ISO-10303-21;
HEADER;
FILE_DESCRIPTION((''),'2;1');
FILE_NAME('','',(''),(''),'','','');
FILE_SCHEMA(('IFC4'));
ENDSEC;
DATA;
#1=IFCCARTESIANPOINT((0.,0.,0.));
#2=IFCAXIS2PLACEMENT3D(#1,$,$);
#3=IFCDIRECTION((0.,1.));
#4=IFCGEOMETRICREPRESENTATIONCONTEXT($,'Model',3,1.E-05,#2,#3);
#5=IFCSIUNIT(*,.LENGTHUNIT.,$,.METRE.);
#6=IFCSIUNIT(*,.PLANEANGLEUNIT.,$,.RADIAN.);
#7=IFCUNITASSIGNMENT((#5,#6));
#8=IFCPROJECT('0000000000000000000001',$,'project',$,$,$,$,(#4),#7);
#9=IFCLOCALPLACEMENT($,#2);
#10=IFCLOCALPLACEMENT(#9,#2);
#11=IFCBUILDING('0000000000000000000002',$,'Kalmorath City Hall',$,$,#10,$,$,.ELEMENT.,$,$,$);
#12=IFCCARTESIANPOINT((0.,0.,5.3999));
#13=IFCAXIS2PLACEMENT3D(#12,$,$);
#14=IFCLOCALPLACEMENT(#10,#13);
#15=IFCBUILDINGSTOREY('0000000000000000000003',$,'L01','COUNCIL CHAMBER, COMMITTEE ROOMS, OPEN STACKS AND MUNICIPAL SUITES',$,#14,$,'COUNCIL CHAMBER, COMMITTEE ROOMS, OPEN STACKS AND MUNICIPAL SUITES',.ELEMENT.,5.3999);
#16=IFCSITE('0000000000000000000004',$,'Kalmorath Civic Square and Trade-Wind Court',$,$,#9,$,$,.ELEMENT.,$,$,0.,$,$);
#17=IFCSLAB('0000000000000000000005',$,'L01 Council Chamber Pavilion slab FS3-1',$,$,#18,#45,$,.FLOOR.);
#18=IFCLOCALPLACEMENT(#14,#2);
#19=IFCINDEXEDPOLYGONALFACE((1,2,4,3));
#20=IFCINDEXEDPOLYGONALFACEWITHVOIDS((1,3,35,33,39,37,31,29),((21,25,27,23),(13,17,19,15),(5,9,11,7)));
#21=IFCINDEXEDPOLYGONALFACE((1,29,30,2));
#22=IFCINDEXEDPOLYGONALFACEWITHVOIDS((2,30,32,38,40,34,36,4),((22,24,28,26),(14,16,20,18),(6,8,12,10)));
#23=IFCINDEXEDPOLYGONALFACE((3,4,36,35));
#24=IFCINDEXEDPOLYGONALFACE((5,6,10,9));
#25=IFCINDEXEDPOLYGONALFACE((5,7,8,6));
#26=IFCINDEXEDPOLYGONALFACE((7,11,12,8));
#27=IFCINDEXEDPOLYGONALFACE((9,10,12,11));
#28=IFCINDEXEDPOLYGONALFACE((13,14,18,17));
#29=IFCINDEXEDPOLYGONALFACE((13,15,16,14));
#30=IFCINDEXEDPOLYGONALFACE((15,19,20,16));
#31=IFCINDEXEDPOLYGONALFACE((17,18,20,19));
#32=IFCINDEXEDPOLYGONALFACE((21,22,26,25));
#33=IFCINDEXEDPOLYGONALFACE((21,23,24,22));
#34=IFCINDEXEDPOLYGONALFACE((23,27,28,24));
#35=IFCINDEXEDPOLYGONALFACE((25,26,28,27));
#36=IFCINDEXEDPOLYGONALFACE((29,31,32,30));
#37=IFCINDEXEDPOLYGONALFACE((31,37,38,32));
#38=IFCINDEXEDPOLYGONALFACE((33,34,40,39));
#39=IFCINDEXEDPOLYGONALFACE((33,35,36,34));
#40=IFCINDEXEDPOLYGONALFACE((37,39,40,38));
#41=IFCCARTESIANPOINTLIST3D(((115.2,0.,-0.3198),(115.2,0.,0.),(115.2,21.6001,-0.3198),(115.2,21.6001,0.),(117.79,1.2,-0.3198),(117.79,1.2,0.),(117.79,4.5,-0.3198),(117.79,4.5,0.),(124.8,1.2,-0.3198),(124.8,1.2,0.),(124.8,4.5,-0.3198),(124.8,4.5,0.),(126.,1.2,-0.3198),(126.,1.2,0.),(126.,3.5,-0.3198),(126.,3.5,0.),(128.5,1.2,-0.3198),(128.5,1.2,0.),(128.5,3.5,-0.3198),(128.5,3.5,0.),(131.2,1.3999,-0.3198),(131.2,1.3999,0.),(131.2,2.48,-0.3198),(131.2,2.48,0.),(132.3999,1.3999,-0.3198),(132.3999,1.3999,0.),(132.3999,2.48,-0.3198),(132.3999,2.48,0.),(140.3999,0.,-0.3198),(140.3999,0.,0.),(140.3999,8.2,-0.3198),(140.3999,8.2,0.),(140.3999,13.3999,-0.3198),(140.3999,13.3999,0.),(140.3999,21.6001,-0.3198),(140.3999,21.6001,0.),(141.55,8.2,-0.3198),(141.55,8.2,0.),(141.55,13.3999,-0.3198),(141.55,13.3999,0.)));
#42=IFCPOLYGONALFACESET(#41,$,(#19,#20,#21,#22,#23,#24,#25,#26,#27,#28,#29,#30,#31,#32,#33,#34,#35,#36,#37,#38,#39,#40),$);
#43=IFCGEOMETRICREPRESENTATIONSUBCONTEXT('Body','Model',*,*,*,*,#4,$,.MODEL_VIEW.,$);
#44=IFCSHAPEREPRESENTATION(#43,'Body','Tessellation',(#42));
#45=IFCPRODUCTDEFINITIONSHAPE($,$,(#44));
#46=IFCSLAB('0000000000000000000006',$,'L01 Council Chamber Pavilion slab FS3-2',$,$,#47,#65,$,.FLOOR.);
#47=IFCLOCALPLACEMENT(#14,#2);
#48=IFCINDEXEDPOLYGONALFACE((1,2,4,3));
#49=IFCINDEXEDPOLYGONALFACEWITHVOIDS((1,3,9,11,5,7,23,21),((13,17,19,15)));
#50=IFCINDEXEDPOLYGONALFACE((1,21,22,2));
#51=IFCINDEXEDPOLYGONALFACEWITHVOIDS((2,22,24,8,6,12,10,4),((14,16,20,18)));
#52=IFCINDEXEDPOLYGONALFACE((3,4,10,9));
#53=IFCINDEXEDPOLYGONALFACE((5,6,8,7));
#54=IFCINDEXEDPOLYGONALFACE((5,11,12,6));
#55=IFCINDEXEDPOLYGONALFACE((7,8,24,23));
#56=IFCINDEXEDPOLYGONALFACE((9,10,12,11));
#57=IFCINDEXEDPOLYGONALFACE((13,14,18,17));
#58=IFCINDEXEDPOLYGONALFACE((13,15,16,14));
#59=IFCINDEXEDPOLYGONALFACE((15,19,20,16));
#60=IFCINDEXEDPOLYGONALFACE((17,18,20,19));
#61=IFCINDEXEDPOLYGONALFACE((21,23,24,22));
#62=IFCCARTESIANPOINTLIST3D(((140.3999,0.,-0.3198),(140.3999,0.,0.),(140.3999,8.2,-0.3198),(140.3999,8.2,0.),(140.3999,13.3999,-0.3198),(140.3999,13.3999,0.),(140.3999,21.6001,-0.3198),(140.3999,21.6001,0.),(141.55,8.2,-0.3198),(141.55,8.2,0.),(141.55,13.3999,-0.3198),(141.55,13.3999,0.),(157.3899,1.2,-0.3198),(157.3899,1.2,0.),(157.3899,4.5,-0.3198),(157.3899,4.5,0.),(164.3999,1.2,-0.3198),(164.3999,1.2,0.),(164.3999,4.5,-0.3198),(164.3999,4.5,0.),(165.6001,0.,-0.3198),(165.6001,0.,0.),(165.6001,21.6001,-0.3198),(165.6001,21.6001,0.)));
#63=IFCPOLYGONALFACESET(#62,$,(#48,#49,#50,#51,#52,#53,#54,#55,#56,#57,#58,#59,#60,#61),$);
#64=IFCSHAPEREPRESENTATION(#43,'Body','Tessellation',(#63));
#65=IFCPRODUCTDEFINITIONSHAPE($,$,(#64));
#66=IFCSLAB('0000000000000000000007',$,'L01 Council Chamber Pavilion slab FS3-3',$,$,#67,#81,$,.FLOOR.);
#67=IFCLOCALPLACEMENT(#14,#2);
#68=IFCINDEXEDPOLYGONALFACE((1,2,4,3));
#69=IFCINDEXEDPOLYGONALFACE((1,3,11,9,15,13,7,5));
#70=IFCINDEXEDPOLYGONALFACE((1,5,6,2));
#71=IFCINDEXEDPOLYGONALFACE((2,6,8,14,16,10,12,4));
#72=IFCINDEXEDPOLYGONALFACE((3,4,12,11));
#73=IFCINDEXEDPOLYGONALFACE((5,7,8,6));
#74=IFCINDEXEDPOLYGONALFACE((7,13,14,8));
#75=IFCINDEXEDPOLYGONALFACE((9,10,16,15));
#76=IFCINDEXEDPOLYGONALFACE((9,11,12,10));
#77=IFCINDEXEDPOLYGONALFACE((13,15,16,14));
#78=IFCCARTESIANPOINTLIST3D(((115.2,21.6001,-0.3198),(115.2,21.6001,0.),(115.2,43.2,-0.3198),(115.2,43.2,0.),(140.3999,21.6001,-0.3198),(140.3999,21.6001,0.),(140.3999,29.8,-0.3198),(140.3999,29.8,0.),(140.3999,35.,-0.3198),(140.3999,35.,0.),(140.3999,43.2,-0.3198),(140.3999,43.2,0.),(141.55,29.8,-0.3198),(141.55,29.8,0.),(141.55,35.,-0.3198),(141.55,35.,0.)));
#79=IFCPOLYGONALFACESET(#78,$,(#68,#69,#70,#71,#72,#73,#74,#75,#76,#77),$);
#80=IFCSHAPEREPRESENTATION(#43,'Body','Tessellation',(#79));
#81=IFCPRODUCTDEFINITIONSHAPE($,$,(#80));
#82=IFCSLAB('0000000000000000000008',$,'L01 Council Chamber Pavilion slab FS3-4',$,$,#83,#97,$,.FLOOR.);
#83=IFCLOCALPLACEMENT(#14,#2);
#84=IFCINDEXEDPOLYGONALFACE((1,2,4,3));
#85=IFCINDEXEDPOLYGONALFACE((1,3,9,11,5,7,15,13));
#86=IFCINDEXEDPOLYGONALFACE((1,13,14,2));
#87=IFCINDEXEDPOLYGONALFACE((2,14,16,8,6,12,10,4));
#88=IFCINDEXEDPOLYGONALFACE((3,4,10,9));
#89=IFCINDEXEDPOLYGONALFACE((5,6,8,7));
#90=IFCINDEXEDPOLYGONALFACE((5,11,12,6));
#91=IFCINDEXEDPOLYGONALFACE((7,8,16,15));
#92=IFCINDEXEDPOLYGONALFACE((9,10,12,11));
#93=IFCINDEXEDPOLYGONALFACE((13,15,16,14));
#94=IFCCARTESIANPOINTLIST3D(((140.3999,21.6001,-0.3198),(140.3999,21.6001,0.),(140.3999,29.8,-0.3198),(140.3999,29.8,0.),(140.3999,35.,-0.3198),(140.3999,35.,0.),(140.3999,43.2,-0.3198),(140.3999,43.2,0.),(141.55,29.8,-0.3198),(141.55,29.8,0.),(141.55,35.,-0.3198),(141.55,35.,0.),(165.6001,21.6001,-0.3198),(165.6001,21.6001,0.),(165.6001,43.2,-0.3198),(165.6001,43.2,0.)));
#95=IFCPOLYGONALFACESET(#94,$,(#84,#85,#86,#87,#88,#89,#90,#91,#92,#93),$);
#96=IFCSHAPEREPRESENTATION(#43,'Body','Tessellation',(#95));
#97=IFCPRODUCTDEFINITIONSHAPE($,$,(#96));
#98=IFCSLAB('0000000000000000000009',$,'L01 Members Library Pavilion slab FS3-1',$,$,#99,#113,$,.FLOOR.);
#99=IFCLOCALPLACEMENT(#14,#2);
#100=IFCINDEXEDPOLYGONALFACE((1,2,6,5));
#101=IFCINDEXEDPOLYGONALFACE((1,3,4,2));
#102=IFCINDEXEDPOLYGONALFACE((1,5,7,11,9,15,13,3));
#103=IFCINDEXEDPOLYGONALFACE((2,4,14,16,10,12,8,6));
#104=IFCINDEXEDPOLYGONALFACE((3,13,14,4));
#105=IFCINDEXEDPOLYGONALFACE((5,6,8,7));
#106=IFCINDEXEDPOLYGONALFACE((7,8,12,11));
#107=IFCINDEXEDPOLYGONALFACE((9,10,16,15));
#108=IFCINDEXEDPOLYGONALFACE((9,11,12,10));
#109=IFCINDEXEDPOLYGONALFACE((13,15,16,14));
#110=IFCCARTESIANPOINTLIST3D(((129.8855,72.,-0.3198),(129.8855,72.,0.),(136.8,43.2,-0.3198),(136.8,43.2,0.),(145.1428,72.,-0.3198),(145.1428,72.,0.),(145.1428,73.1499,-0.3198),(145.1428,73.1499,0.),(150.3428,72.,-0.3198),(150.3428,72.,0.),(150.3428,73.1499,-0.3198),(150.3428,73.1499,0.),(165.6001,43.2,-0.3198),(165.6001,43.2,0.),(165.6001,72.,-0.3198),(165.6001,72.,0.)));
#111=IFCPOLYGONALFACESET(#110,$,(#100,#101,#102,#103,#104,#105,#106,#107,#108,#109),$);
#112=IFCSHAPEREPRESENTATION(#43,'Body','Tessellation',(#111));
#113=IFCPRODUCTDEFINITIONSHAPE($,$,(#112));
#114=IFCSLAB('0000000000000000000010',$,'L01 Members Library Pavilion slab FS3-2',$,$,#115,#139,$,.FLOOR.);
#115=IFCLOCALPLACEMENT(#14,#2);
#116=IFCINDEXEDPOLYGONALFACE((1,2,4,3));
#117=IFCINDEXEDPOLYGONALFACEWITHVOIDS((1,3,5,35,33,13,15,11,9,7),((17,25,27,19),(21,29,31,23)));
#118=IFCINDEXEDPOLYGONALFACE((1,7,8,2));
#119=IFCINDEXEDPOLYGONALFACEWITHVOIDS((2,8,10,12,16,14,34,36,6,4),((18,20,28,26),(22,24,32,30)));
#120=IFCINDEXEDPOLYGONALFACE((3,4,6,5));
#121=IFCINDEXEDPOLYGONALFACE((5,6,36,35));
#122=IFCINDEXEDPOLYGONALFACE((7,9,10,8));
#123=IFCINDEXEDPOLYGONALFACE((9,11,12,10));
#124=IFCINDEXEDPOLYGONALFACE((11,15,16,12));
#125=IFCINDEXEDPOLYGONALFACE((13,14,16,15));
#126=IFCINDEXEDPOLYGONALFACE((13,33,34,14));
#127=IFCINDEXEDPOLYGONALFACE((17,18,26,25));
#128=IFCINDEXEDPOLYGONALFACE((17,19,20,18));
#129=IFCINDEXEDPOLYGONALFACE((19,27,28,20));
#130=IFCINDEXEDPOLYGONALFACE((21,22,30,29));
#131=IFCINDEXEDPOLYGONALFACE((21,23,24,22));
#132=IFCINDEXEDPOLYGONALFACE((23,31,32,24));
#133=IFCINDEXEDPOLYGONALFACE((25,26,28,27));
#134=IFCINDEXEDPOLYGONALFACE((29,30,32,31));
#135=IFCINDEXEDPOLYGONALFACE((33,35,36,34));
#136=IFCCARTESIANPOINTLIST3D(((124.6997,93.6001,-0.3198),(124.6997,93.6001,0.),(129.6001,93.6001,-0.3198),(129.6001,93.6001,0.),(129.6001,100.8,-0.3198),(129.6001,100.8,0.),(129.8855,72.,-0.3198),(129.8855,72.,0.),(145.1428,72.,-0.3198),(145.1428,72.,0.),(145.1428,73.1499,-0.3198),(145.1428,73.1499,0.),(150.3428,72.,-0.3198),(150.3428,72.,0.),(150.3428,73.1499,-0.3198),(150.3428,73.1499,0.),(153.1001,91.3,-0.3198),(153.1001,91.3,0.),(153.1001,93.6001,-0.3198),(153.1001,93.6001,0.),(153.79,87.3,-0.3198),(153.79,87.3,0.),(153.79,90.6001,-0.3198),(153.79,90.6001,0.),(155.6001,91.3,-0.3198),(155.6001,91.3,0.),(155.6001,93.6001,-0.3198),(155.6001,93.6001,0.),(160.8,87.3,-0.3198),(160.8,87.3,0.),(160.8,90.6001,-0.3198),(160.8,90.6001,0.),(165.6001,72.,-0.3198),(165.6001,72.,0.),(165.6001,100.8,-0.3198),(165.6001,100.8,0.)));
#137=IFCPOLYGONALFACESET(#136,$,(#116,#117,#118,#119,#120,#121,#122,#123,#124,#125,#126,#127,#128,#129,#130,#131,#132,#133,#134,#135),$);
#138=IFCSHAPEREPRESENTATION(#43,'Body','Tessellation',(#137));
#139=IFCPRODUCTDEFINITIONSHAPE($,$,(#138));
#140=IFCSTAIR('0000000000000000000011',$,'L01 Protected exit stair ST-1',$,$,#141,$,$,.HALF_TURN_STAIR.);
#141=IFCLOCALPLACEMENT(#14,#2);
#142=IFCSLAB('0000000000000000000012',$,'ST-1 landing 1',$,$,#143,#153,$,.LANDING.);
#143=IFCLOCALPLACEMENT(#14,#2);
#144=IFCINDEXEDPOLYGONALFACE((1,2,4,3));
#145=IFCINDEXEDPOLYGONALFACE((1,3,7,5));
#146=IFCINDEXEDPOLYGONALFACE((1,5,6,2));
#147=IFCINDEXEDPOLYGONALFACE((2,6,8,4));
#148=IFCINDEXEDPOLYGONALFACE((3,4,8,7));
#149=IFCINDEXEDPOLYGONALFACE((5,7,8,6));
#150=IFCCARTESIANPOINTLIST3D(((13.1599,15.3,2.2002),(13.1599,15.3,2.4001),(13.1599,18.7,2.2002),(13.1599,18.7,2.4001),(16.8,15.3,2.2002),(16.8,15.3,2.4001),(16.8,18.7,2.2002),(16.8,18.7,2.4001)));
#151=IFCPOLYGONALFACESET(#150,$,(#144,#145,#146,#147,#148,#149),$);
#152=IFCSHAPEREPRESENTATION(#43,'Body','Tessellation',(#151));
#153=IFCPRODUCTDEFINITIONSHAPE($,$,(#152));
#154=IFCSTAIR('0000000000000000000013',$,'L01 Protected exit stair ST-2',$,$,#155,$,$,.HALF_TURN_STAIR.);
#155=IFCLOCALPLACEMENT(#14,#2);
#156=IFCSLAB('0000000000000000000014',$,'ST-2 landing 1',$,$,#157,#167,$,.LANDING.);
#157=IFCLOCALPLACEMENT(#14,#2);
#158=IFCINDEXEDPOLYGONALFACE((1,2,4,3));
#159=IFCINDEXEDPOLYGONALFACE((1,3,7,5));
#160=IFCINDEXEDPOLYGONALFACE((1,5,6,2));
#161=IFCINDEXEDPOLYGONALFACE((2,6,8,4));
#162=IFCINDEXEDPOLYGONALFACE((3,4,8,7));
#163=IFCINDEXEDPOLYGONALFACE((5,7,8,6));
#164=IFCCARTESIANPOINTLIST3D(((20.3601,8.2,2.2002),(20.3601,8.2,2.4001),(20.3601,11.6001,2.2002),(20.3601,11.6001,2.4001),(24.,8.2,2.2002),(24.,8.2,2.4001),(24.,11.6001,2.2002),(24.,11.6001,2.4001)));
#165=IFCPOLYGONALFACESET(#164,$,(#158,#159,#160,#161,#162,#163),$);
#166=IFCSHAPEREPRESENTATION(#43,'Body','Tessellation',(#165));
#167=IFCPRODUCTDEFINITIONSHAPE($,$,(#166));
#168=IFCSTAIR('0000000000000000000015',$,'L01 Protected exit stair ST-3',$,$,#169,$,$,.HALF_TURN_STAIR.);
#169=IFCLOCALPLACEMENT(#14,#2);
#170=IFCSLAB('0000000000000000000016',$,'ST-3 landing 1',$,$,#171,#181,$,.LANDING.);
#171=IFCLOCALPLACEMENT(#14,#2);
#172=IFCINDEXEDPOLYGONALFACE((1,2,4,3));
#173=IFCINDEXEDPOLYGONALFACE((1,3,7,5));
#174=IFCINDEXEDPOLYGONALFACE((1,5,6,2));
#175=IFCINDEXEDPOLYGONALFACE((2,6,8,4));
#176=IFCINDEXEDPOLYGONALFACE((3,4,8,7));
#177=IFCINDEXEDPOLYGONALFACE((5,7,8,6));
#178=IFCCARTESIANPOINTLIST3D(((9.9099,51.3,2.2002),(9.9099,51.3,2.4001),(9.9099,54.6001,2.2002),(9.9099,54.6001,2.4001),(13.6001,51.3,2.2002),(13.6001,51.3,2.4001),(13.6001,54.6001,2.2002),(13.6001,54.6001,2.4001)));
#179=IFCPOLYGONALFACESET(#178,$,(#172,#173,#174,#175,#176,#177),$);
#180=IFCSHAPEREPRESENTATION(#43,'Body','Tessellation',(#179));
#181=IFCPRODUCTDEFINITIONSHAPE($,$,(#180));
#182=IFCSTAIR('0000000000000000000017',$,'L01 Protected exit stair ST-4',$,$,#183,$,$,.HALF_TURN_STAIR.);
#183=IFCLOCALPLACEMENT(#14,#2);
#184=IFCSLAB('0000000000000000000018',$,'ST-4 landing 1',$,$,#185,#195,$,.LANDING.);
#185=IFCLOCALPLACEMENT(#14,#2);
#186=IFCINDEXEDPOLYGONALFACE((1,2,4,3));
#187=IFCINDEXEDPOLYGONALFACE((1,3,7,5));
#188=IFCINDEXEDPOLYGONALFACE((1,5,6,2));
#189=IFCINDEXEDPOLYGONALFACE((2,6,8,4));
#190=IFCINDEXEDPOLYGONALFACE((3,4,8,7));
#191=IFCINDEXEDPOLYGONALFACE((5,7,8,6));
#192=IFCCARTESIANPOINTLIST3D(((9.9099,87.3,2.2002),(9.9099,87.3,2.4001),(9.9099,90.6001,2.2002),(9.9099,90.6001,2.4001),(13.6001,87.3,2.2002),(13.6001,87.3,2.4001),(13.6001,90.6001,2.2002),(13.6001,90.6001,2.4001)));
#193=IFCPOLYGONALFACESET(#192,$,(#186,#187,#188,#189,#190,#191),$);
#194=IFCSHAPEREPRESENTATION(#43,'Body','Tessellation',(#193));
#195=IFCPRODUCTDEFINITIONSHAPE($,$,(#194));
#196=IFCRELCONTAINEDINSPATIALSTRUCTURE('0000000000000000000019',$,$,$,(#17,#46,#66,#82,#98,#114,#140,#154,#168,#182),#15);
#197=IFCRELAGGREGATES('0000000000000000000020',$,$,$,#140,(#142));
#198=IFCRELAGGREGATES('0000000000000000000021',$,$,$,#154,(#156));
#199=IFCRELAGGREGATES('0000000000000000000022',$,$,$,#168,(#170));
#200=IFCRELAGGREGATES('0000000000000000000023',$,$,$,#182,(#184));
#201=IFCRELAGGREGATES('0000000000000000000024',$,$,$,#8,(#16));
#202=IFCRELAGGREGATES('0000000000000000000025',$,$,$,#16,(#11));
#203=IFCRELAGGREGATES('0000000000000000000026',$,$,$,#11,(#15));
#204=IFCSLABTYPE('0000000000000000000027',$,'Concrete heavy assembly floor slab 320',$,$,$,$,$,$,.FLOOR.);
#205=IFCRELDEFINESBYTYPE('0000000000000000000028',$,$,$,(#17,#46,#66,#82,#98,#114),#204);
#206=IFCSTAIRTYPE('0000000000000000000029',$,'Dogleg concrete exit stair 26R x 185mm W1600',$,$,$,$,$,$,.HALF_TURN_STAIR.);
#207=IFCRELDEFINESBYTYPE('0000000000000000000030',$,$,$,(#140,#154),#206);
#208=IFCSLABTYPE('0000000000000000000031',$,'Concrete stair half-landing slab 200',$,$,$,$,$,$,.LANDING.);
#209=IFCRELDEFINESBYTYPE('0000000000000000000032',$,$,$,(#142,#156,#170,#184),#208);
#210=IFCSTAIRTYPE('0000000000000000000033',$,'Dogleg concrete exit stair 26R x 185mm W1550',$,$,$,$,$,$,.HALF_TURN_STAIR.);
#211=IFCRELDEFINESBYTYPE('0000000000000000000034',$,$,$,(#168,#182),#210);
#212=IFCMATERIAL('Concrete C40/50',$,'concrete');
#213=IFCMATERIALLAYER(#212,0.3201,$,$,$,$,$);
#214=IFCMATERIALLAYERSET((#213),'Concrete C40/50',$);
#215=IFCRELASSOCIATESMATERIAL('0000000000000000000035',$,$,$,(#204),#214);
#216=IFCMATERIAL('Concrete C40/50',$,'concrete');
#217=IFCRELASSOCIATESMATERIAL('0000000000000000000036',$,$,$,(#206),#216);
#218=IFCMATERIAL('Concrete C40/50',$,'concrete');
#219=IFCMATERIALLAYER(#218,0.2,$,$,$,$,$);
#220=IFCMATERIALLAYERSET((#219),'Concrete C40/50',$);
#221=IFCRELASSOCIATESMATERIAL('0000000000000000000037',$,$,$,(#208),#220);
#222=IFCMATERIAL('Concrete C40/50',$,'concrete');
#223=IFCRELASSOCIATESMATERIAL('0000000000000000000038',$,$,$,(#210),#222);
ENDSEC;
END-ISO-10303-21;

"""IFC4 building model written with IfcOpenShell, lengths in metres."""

from ifc_helpers import new_model, si_unit, direction, frame, origin, place, context, subcontext, project, spatial, polyline, outline, extrude, material, layer, layer_set, type_object, element, aggregate, save


model = new_model("IFC4")

# Units and contexts
model_context = context("Model", 3, precision=1e-05, world=origin(), true_north=direction((0.0, 1.0)))
body_context = subcontext(model_context, "Body", "Model", "MODEL_VIEW")
ifc_project = project(units=[si_unit("LENGTHUNIT", "METRE"), si_unit("PLANEANGLEUNIT", "RADIAN")], contexts=[model_context])

# Site, building, storey
site_placement = place(None, origin())
site = spatial("IfcSite", under=ifc_project, at=site_placement, Name="Kalmorath Civic Square and Trade-Wind Court", CompositionType="ELEMENT", RefElevation=0.0)
building_placement = place(site_placement, origin())
building = spatial("IfcBuilding", under=site, at=building_placement, Name="Kalmorath City Hall", CompositionType="ELEMENT")
storey_placement = place(building_placement, frame((0.0, 0.0, 5.3999)))
storey = spatial("IfcBuildingStorey", under=building, at=storey_placement, Name="L01", Description="COUNCIL CHAMBER, COMMITTEE ROOMS, OPEN STACKS AND MUNICIPAL SUITES", LongName="COUNCIL CHAMBER, COMMITTEE ROOMS, OPEN STACKS AND MUNICIPAL SUITES", CompositionType="ELEMENT", Elevation=5.3999)

# Slabs
ifc_material_1 = material(Name="Concrete C40/50", Category="concrete")
ifc_layer_1 = layer(ifc_material_1, 0.3201)
ifc_layer_set_1 = layer_set([ifc_layer_1], Name="Concrete C40/50")
slab_type_1 = type_object("IfcSlabType", Name="Concrete heavy assembly floor slab 320", PredefinedType="FLOOR", material=ifc_layer_set_1)
slab_1_placement = place(storey_placement, frame((0.0, 0.0, -0.3198)))
element("IfcSlab", 1, at=slab_1_placement, inside=storey, type_object=slab_type_1, Name="L01 Council Chamber Pavilion slab FS3-1", PredefinedType="FLOOR", context=body_context, shape_type="SweptSolid", body=[
    extrude(outline(polyline([(115.2, 21.6001), (140.3999, 21.6001), (140.3999, 13.3999), (141.55, 13.3999), (141.55, 8.2), (140.3999, 8.2), (140.3999, 0.0), (115.2, 0.0), (115.2, 21.6001)]), holes=[polyline([(124.8, 4.5), (117.79, 4.5), (117.79, 1.2), (124.8, 1.2), (124.8, 4.5)]), polyline([(128.5, 1.2), (128.5, 3.5), (126.0, 3.5), (126.0, 1.2), (128.5, 1.2)]), polyline([(131.2, 2.48), (131.2, 1.3999), (132.3999, 1.3999), (132.3999, 2.48), (131.2, 2.48)])]), origin(), (0.0, 0.0, 1.0), 0.3198),
])
slab_2_placement = place(storey_placement, frame((0.0, 0.0, -0.3198)))
element("IfcSlab", 2, at=slab_2_placement, inside=storey, type_object=slab_type_1, Name="L01 Council Chamber Pavilion slab FS3-2", PredefinedType="FLOOR", context=body_context, shape_type="SweptSolid", body=[
    extrude(outline(polyline([(140.3999, 0.0), (140.3999, 8.2), (141.55, 8.2), (141.55, 13.3999), (140.3999, 13.3999), (140.3999, 21.6001), (165.6001, 21.6001), (165.6001, 0.0), (140.3999, 0.0)]), holes=[polyline([(157.3899, 1.2), (164.3999, 1.2), (164.3999, 4.5), (157.3899, 4.5), (157.3899, 1.2)])]), origin(), (0.0, 0.0, 1.0), 0.3198),
])
slab_3_placement = place(storey_placement, frame((0.0, 0.0, -0.3198)))
element("IfcSlab", 3, at=slab_3_placement, inside=storey, type_object=slab_type_1, Name="L01 Council Chamber Pavilion slab FS3-3", PredefinedType="FLOOR", context=body_context, shape_type="SweptSolid", body=[
    extrude(outline(polyline([(140.3999, 35.0), (141.55, 35.0), (141.55, 29.8), (140.3999, 29.8), (140.3999, 21.6001), (115.2, 21.6001), (115.2, 43.2), (140.3999, 43.2), (140.3999, 35.0)])), origin(), (0.0, 0.0, 1.0), 0.3198),
])
slab_4_placement = place(storey_placement, frame((0.0, 0.0, -0.3198)))
element("IfcSlab", 4, at=slab_4_placement, inside=storey, type_object=slab_type_1, Name="L01 Council Chamber Pavilion slab FS3-4", PredefinedType="FLOOR", context=body_context, shape_type="SweptSolid", body=[
    extrude(outline(polyline([(165.6001, 21.6001), (140.3999, 21.6001), (140.3999, 29.8), (141.55, 29.8), (141.55, 35.0), (140.3999, 35.0), (140.3999, 43.2), (165.6001, 43.2), (165.6001, 21.6001)])), origin(), (0.0, 0.0, 1.0), 0.3198),
])
slab_5_placement = place(storey_placement, frame((0.0, 0.0, -0.3198)))
element("IfcSlab", 5, at=slab_5_placement, inside=storey, type_object=slab_type_1, Name="L01 Members Library Pavilion slab FS3-1", PredefinedType="FLOOR", context=body_context, shape_type="SweptSolid", body=[
    extrude(outline(polyline([(136.8, 43.2), (129.8855, 72.0), (145.1428, 72.0), (145.1428, 73.1499), (150.3428, 73.1499), (150.3428, 72.0), (165.6001, 72.0), (165.6001, 43.2), (136.8, 43.2)])), origin(), (0.0, 0.0, 1.0), 0.3198),
])
slab_6_placement = place(storey_placement, frame((0.0, 0.0, -0.3198)))
element("IfcSlab", 6, at=slab_6_placement, inside=storey, type_object=slab_type_1, Name="L01 Members Library Pavilion slab FS3-2", PredefinedType="FLOOR", context=body_context, shape_type="SweptSolid", body=[
    extrude(outline(polyline([(165.6001, 100.8), (165.6001, 72.0), (150.3428, 72.0), (150.3428, 73.1499), (145.1428, 73.1499), (145.1428, 72.0), (129.8855, 72.0), (124.6997, 93.6001), (129.6001, 93.6001), (129.6001, 100.8), (165.6001, 100.8)]), holes=[polyline([(153.79, 87.3), (160.8, 87.3), (160.8, 90.6001), (153.79, 90.6001), (153.79, 87.3)]), polyline([(153.1001, 93.6001), (153.1001, 91.3), (155.6001, 91.3), (155.6001, 93.6001), (153.1001, 93.6001)])]), origin(), (0.0, 0.0, 1.0), 0.3198),
])

# Stairs, slabs
ifc_material_2 = material(Name="Concrete C40/50", Category="concrete")
stair_type_1 = type_object("IfcStairType", Name="Dogleg concrete exit stair 26R x 185mm W1600", PredefinedType="HALF_TURN_STAIR", material=ifc_material_2)
stair_1_placement = place(storey_placement, origin())
stair_1 = element("IfcStair", 7, at=stair_1_placement, inside=storey, type_object=stair_type_1, Name="L01 Protected exit stair ST-1", PredefinedType="HALF_TURN_STAIR")
ifc_material_3 = material(Name="Concrete C40/50", Category="concrete")
ifc_layer_2 = layer(ifc_material_3, 0.2)
ifc_layer_set_2 = layer_set([ifc_layer_2], Name="Concrete C40/50")
slab_type_2 = type_object("IfcSlabType", Name="Concrete stair half-landing slab 200", PredefinedType="LANDING", material=ifc_layer_set_2)
slab_7_placement = place(storey_placement, frame((0.0, 0.0, 2.2002)))
slab_7 = element("IfcSlab", 8, at=slab_7_placement, type_object=slab_type_2, Name="ST-1 landing 1", PredefinedType="LANDING", context=body_context, shape_type="SweptSolid", body=[
    extrude(outline(polyline([(13.1599, 15.3), (16.8, 15.3), (16.8, 18.7), (13.1599, 18.7), (13.1599, 15.3)])), origin(), (0.0, 0.0, 1.0), 0.2),
])
aggregate(stair_1, [slab_7])
stair_2_placement = place(storey_placement, origin())
stair_2 = element("IfcStair", 9, at=stair_2_placement, inside=storey, type_object=stair_type_1, Name="L01 Protected exit stair ST-2", PredefinedType="HALF_TURN_STAIR")
slab_8_placement = place(storey_placement, frame((0.0, 0.0, 2.2002)))
slab_8 = element("IfcSlab", 10, at=slab_8_placement, type_object=slab_type_2, Name="ST-2 landing 1", PredefinedType="LANDING", context=body_context, shape_type="SweptSolid", body=[
    extrude(outline(polyline([(20.3601, 8.2), (24.0, 8.2), (24.0, 11.6001), (20.3601, 11.6001), (20.3601, 8.2)])), origin(), (0.0, 0.0, 1.0), 0.2),
])
aggregate(stair_2, [slab_8])
ifc_material_4 = material(Name="Concrete C40/50", Category="concrete")
stair_type_2 = type_object("IfcStairType", Name="Dogleg concrete exit stair 26R x 185mm W1550", PredefinedType="HALF_TURN_STAIR", material=ifc_material_4)
stair_3_placement = place(storey_placement, origin())
stair_3 = element("IfcStair", 11, at=stair_3_placement, inside=storey, type_object=stair_type_2, Name="L01 Protected exit stair ST-3", PredefinedType="HALF_TURN_STAIR")
slab_9_placement = place(storey_placement, frame((0.0, 0.0, 2.2002)))
slab_9 = element("IfcSlab", 12, at=slab_9_placement, type_object=slab_type_2, Name="ST-3 landing 1", PredefinedType="LANDING", context=body_context, shape_type="SweptSolid", body=[
    extrude(outline(polyline([(9.9099, 51.3), (13.6001, 51.3), (13.6001, 54.6001), (9.9099, 54.6001), (9.9099, 51.3)])), origin(), (0.0, 0.0, 1.0), 0.2),
])
aggregate(stair_3, [slab_9])
stair_4_placement = place(storey_placement, origin())
stair_4 = element("IfcStair", 13, at=stair_4_placement, inside=storey, type_object=stair_type_2, Name="L01 Protected exit stair ST-4", PredefinedType="HALF_TURN_STAIR")
slab_10_placement = place(storey_placement, frame((0.0, 0.0, 2.2002)))
slab_10 = element("IfcSlab", 14, at=slab_10_placement, type_object=slab_type_2, Name="ST-4 landing 1", PredefinedType="LANDING", context=body_context, shape_type="SweptSolid", body=[
    extrude(outline(polyline([(9.9099, 87.3), (13.6001, 87.3), (13.6001, 90.6001), (9.9099, 90.6001), (9.9099, 87.3)])), origin(), (0.0, 0.0, 1.0), 0.2),
])
aggregate(stair_4, [slab_10])

save(model, "model.ifc")
